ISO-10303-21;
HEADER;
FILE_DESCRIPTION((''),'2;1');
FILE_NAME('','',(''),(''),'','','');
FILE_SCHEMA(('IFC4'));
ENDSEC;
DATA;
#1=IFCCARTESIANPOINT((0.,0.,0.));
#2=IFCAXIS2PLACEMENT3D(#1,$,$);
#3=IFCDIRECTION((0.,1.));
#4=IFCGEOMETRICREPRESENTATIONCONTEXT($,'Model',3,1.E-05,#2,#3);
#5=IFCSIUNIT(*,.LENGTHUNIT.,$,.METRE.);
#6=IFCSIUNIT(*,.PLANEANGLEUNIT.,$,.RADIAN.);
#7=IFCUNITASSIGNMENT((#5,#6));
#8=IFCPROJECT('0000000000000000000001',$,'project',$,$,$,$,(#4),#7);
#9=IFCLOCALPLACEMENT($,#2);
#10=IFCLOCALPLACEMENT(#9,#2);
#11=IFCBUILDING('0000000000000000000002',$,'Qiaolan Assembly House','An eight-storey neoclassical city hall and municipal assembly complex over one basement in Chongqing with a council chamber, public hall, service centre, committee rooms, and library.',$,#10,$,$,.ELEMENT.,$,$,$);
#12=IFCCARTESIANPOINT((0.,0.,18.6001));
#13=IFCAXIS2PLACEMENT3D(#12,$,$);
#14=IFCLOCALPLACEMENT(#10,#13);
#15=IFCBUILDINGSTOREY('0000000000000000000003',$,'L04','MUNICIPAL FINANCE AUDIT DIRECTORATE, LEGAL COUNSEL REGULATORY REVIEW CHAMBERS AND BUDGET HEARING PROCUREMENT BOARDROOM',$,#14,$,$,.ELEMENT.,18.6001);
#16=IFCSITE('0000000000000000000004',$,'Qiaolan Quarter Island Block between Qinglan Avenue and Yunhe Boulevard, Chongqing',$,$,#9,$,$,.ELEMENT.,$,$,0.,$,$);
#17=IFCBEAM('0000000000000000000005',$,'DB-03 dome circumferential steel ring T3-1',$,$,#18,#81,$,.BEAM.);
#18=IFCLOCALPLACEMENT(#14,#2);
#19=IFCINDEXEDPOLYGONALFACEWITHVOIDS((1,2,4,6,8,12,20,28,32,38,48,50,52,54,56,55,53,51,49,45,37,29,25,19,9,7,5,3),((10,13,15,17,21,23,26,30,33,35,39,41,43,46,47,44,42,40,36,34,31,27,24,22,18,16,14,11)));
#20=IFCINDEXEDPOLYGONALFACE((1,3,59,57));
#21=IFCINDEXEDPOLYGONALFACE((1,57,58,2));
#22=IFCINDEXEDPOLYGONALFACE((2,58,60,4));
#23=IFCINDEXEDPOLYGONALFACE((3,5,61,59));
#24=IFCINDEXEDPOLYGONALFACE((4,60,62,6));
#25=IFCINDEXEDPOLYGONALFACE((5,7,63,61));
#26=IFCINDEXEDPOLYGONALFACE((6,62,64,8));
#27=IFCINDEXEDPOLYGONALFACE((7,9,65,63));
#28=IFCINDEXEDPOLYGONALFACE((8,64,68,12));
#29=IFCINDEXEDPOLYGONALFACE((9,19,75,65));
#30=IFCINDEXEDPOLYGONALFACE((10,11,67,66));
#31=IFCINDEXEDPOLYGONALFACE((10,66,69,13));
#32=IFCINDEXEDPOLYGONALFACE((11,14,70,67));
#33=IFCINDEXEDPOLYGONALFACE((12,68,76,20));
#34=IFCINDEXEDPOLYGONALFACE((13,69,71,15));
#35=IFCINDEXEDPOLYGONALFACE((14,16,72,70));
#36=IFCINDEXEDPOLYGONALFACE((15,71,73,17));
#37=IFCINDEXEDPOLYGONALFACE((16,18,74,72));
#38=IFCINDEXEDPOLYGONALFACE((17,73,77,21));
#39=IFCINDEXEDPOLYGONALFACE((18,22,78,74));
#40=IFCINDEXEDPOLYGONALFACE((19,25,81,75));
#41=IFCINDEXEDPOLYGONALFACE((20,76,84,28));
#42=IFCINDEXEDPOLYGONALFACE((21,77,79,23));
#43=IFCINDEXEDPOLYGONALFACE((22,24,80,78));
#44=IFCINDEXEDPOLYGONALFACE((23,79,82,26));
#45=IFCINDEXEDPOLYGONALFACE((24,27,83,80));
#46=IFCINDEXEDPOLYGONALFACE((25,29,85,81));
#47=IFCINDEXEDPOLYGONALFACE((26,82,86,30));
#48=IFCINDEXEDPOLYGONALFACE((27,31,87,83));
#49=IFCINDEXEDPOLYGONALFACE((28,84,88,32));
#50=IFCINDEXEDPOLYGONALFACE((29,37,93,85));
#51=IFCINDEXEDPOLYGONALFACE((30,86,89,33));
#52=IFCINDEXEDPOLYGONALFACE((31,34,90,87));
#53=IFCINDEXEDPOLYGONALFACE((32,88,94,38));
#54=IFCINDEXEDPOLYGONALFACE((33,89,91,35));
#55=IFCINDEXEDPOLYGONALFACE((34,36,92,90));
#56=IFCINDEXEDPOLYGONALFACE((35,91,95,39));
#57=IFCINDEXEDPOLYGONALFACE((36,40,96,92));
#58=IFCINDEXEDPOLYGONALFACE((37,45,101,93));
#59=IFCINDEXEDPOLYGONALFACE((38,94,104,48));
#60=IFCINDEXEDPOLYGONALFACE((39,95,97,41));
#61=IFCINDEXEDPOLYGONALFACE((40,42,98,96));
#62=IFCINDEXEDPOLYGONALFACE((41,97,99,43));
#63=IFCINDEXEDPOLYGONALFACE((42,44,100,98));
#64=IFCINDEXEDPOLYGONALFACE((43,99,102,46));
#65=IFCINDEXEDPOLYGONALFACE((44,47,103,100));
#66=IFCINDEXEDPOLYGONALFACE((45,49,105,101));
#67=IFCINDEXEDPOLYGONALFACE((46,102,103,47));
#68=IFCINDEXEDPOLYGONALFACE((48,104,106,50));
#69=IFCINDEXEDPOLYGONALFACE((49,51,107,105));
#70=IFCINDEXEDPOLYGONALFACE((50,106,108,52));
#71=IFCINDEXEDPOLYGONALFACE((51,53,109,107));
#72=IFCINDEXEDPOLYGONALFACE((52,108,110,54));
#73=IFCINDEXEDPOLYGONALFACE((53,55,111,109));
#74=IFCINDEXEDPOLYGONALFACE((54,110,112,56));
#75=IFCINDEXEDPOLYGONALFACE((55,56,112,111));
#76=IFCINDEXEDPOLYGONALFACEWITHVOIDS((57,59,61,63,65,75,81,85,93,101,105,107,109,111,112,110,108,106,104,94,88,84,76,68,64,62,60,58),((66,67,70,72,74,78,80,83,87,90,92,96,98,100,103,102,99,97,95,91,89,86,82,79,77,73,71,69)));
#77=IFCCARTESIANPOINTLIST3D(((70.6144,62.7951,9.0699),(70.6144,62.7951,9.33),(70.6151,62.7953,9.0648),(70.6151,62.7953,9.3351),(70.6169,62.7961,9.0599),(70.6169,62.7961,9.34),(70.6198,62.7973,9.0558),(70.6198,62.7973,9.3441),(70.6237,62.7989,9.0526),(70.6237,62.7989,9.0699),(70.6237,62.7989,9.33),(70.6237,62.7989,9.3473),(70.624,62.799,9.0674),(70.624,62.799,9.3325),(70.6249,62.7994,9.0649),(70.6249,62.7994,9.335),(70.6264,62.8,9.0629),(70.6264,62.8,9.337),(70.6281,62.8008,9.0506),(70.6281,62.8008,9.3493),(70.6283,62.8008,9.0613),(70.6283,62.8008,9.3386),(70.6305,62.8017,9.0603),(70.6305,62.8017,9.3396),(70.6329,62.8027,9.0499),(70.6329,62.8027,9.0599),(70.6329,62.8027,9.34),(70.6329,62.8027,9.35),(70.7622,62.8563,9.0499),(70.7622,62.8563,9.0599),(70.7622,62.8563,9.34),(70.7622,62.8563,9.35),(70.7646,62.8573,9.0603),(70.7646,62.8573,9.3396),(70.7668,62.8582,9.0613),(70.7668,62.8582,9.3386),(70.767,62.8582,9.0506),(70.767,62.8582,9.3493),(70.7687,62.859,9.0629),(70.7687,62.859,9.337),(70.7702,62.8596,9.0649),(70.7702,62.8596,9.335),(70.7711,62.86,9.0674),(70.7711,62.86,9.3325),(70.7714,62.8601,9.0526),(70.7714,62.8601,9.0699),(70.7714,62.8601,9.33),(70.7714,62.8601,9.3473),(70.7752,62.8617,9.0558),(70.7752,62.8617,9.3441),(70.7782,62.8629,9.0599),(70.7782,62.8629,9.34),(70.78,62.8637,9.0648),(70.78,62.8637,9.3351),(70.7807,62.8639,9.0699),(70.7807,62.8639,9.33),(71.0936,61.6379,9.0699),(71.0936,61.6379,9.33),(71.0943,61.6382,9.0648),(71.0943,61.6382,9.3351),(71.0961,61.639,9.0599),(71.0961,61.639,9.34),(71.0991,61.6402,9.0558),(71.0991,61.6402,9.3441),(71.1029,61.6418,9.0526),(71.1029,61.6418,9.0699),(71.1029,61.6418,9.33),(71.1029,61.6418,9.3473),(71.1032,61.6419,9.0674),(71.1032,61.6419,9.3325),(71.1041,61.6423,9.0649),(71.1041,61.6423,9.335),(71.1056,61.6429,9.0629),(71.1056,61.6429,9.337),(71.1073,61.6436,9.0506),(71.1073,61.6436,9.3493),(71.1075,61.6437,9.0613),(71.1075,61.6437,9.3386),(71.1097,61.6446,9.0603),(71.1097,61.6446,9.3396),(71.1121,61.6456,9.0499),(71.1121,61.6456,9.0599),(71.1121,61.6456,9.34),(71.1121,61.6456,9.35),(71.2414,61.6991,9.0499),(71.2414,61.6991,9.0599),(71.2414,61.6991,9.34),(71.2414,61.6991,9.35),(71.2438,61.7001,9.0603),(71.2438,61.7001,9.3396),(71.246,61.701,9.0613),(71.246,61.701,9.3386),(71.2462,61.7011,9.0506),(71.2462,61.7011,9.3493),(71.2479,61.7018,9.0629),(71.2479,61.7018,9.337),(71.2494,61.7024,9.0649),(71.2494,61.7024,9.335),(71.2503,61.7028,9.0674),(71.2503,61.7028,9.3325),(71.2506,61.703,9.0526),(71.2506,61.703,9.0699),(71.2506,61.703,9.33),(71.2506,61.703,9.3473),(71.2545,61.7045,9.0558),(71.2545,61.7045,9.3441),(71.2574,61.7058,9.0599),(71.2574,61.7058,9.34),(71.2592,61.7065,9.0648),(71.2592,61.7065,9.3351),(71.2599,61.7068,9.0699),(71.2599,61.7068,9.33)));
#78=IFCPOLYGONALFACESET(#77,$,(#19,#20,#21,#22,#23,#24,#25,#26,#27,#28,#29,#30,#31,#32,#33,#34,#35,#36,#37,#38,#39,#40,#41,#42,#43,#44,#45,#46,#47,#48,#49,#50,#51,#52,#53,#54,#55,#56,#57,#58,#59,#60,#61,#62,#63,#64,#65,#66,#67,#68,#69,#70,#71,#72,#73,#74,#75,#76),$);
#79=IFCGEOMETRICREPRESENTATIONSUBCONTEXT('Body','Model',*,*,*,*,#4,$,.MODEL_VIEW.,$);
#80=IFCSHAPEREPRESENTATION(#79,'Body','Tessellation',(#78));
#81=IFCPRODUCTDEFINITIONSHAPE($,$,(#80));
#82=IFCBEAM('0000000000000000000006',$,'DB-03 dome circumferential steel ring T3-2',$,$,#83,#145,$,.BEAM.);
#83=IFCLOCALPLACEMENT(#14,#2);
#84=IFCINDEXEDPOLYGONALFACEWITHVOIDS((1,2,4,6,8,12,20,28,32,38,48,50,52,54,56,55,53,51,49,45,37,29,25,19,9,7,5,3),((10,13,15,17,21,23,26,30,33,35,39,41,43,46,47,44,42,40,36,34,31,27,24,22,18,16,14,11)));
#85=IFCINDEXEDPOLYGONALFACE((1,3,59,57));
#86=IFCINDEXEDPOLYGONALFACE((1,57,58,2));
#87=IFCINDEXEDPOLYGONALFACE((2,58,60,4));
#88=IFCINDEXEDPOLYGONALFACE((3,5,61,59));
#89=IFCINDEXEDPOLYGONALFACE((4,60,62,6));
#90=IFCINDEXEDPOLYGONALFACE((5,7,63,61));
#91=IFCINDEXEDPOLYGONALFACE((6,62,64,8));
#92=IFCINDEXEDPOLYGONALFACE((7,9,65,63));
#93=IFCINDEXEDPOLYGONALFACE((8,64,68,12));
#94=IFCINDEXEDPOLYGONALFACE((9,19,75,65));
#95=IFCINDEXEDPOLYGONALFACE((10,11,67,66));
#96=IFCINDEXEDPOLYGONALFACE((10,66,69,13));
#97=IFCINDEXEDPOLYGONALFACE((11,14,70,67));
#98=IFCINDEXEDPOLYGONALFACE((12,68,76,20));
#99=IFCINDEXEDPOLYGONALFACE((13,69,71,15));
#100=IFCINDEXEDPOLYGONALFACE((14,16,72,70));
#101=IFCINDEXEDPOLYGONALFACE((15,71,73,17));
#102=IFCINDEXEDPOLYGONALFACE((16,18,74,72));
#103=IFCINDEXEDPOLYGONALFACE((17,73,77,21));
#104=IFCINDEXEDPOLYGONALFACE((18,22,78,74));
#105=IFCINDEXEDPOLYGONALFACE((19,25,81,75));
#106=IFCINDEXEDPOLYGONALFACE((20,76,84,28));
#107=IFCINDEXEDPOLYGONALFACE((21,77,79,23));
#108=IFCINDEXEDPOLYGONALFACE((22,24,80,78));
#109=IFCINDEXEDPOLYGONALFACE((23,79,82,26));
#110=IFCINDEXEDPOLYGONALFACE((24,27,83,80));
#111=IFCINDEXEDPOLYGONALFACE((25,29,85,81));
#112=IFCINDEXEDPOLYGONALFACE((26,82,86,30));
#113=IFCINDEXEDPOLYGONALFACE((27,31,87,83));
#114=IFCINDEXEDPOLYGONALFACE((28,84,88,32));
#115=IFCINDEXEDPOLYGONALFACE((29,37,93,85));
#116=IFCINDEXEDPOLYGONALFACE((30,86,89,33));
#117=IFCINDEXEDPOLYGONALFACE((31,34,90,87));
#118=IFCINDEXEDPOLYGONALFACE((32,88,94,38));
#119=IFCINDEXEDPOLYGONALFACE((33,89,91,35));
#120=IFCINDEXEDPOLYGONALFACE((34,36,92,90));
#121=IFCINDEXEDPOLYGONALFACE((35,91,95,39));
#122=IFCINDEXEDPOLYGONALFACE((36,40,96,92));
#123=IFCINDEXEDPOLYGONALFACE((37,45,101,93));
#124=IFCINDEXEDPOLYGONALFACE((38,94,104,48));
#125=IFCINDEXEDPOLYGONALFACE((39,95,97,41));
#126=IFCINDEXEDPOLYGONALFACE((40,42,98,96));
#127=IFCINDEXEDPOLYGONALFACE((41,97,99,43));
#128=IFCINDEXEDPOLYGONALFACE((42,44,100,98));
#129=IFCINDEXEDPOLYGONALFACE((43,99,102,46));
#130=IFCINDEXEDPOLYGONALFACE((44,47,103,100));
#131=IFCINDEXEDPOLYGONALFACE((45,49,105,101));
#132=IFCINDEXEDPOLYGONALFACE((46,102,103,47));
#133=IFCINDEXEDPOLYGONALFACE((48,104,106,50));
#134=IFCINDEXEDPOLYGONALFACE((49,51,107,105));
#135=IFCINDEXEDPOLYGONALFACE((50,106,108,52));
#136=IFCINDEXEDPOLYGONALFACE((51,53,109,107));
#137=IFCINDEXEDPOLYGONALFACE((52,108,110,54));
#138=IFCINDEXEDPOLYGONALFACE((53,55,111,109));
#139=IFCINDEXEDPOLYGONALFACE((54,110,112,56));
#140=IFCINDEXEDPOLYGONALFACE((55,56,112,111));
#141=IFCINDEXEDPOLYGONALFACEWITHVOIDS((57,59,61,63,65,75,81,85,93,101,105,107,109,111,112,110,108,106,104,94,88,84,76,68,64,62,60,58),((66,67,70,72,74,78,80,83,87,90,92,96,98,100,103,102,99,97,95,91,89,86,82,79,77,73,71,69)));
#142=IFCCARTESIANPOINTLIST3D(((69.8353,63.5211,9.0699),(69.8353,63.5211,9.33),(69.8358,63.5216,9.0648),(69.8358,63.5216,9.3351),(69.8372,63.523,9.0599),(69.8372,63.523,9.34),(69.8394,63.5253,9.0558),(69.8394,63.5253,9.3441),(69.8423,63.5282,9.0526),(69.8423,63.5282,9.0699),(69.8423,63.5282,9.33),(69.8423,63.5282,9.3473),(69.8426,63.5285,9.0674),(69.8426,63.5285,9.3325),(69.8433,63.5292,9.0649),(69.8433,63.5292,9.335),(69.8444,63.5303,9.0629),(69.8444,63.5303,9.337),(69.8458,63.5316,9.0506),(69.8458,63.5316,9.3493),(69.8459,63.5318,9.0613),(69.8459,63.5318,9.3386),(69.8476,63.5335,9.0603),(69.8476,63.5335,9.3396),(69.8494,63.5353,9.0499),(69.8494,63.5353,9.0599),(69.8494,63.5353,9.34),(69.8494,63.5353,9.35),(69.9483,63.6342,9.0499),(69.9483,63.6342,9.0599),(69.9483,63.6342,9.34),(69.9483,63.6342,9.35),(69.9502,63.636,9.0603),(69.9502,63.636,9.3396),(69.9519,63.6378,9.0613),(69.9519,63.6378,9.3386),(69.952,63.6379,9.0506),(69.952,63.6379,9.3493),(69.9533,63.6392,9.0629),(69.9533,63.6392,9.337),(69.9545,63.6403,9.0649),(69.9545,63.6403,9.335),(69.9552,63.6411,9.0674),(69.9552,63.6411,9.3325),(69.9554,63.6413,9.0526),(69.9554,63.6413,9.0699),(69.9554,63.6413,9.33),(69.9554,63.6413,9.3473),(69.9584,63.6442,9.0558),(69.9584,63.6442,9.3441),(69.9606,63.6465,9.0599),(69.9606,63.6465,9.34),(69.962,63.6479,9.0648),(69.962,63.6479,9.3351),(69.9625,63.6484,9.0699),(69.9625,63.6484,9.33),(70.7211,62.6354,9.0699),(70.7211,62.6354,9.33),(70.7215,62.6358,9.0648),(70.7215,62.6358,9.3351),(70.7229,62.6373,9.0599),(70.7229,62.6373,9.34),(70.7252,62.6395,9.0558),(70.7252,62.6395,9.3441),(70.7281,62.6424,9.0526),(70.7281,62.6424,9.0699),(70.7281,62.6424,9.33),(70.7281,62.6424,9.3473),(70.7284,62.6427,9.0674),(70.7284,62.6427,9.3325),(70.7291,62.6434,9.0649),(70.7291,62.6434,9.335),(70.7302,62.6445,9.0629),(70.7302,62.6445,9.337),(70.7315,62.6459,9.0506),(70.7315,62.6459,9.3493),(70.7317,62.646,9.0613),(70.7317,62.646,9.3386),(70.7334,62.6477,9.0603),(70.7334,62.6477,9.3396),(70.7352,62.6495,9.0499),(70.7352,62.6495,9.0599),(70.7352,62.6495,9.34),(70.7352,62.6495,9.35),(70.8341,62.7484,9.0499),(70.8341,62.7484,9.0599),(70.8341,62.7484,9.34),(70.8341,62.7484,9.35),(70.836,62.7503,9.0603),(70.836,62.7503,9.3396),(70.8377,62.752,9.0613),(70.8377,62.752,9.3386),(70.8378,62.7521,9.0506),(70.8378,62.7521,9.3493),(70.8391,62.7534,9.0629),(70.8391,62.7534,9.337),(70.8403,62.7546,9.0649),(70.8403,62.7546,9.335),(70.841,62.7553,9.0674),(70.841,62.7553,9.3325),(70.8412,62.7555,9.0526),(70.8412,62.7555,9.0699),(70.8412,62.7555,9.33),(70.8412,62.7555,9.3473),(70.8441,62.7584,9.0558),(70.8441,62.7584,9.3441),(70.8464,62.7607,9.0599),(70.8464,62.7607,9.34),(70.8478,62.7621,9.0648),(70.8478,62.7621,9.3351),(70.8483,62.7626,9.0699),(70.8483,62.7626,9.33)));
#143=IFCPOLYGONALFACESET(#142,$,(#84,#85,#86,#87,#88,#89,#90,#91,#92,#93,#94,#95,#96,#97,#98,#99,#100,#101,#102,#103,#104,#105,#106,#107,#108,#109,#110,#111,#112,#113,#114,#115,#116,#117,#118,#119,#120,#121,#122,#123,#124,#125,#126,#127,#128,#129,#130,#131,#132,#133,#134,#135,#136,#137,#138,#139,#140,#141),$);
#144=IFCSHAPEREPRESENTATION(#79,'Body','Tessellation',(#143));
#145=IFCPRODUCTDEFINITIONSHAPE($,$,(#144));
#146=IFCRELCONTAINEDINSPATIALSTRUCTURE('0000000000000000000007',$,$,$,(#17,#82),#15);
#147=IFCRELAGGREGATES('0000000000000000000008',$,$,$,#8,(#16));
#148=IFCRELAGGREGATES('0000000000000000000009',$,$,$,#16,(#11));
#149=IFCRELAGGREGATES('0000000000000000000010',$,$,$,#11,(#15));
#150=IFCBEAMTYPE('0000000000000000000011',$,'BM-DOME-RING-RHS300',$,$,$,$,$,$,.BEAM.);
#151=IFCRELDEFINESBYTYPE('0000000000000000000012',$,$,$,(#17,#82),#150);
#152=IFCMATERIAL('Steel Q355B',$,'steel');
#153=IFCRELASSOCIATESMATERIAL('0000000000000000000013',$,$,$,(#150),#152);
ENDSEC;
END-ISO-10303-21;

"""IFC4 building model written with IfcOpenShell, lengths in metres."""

from ifc_helpers import new_model, si_unit, direction, frame, origin, origin_2d, place, context, subcontext, project, spatial, hollow_rectangle, extrude, material, material_profile, profile_set, type_object, element, save


model = new_model("IFC4")

# Units and contexts
model_context = context("Model", 3, precision=1e-05, world=origin(), true_north=direction((0.0, 1.0)))
body_context = subcontext(model_context, "Body", "Model", "MODEL_VIEW")
ifc_project = project(units=[si_unit("LENGTHUNIT", "METRE"), si_unit("PLANEANGLEUNIT", "RADIAN")], contexts=[model_context])

# Site, building, storey
site_placement = place(None, origin())
site = spatial("IfcSite", under=ifc_project, at=site_placement, Name="Qiaolan Quarter Island Block between Qinglan Avenue and Yunhe Boulevard, Chongqing", CompositionType="ELEMENT", RefElevation=0.0)
building_placement = place(site_placement, origin())
building = spatial("IfcBuilding", under=site, at=building_placement, Name="Qiaolan Assembly House", Description="An eight-storey neoclassical city hall and municipal assembly complex over one basement in Chongqing with a council chamber, public hall, service centre, committee rooms, and library.", CompositionType="ELEMENT")
storey_placement = place(building_placement, frame((0.0, 0.0, 18.6001)))
storey = spatial("IfcBuildingStorey", under=building, at=storey_placement, Name="L04", Description="MUNICIPAL FINANCE AUDIT DIRECTORATE, LEGAL COUNSEL REGULATORY REVIEW CHAMBERS AND BUDGET HEARING PROCUREMENT BOARDROOM", CompositionType="ELEMENT", Elevation=18.6001)

# Beams
ifc_material_1 = material(Name="Steel Q355B", Category="steel")
ifc_material_profile = material_profile(ifc_material_1, hollow_rectangle(XDim=0.1799, YDim=0.3, WallThickness=0.01, InnerFilletRadius=0.01, OuterFilletRadius=0.02, at=origin_2d()), Name="RHS 300x180x10")
ifc_profile_set = profile_set([ifc_material_profile], Name="Steel Q355B")
beam_type = type_object("IfcBeamType", Name="BM-DOME-RING-RHS300", PredefinedType="BEAM", material=ifc_profile_set)
beam_1_placement = place(storey_placement, frame((71.1768, 61.6724, 9.2), z_axis=(-0.382621, 0.923905, 0.0), x_axis=(-0.923905, -0.382621, 0.0)))
element("IfcBeam", 1, at=beam_1_placement, inside=storey, type_object=beam_type, Name="DB-03 dome circumferential steel ring T3-1", PredefinedType="BEAM", context=body_context, shape_type="SweptSolid", body=[
    extrude(hollow_rectangle(XDim=0.1799, YDim=0.3, WallThickness=0.01, InnerFilletRadius=0.01, OuterFilletRadius=0.02, at=origin_2d()), origin(), (0.0, 0.0, 1.0), 1.2524),
])
beam_2_placement = place(storey_placement, frame((70.7847, 62.699, 9.2), z_axis=(-0.707107, 0.707107, 0.0), x_axis=(-0.707107, -0.707107, 0.0)))
element("IfcBeam", 2, at=beam_2_placement, inside=storey, type_object=beam_type, Name="DB-03 dome circumferential steel ring T3-2", PredefinedType="BEAM", context=body_context, shape_type="SweptSolid", body=[
    extrude(hollow_rectangle(XDim=0.1799, YDim=0.3, WallThickness=0.01, InnerFilletRadius=0.01, OuterFilletRadius=0.02, at=origin_2d()), origin(), (0.0, 0.0, 1.0), 1.2527),
])

save(model, "model.ifc")
